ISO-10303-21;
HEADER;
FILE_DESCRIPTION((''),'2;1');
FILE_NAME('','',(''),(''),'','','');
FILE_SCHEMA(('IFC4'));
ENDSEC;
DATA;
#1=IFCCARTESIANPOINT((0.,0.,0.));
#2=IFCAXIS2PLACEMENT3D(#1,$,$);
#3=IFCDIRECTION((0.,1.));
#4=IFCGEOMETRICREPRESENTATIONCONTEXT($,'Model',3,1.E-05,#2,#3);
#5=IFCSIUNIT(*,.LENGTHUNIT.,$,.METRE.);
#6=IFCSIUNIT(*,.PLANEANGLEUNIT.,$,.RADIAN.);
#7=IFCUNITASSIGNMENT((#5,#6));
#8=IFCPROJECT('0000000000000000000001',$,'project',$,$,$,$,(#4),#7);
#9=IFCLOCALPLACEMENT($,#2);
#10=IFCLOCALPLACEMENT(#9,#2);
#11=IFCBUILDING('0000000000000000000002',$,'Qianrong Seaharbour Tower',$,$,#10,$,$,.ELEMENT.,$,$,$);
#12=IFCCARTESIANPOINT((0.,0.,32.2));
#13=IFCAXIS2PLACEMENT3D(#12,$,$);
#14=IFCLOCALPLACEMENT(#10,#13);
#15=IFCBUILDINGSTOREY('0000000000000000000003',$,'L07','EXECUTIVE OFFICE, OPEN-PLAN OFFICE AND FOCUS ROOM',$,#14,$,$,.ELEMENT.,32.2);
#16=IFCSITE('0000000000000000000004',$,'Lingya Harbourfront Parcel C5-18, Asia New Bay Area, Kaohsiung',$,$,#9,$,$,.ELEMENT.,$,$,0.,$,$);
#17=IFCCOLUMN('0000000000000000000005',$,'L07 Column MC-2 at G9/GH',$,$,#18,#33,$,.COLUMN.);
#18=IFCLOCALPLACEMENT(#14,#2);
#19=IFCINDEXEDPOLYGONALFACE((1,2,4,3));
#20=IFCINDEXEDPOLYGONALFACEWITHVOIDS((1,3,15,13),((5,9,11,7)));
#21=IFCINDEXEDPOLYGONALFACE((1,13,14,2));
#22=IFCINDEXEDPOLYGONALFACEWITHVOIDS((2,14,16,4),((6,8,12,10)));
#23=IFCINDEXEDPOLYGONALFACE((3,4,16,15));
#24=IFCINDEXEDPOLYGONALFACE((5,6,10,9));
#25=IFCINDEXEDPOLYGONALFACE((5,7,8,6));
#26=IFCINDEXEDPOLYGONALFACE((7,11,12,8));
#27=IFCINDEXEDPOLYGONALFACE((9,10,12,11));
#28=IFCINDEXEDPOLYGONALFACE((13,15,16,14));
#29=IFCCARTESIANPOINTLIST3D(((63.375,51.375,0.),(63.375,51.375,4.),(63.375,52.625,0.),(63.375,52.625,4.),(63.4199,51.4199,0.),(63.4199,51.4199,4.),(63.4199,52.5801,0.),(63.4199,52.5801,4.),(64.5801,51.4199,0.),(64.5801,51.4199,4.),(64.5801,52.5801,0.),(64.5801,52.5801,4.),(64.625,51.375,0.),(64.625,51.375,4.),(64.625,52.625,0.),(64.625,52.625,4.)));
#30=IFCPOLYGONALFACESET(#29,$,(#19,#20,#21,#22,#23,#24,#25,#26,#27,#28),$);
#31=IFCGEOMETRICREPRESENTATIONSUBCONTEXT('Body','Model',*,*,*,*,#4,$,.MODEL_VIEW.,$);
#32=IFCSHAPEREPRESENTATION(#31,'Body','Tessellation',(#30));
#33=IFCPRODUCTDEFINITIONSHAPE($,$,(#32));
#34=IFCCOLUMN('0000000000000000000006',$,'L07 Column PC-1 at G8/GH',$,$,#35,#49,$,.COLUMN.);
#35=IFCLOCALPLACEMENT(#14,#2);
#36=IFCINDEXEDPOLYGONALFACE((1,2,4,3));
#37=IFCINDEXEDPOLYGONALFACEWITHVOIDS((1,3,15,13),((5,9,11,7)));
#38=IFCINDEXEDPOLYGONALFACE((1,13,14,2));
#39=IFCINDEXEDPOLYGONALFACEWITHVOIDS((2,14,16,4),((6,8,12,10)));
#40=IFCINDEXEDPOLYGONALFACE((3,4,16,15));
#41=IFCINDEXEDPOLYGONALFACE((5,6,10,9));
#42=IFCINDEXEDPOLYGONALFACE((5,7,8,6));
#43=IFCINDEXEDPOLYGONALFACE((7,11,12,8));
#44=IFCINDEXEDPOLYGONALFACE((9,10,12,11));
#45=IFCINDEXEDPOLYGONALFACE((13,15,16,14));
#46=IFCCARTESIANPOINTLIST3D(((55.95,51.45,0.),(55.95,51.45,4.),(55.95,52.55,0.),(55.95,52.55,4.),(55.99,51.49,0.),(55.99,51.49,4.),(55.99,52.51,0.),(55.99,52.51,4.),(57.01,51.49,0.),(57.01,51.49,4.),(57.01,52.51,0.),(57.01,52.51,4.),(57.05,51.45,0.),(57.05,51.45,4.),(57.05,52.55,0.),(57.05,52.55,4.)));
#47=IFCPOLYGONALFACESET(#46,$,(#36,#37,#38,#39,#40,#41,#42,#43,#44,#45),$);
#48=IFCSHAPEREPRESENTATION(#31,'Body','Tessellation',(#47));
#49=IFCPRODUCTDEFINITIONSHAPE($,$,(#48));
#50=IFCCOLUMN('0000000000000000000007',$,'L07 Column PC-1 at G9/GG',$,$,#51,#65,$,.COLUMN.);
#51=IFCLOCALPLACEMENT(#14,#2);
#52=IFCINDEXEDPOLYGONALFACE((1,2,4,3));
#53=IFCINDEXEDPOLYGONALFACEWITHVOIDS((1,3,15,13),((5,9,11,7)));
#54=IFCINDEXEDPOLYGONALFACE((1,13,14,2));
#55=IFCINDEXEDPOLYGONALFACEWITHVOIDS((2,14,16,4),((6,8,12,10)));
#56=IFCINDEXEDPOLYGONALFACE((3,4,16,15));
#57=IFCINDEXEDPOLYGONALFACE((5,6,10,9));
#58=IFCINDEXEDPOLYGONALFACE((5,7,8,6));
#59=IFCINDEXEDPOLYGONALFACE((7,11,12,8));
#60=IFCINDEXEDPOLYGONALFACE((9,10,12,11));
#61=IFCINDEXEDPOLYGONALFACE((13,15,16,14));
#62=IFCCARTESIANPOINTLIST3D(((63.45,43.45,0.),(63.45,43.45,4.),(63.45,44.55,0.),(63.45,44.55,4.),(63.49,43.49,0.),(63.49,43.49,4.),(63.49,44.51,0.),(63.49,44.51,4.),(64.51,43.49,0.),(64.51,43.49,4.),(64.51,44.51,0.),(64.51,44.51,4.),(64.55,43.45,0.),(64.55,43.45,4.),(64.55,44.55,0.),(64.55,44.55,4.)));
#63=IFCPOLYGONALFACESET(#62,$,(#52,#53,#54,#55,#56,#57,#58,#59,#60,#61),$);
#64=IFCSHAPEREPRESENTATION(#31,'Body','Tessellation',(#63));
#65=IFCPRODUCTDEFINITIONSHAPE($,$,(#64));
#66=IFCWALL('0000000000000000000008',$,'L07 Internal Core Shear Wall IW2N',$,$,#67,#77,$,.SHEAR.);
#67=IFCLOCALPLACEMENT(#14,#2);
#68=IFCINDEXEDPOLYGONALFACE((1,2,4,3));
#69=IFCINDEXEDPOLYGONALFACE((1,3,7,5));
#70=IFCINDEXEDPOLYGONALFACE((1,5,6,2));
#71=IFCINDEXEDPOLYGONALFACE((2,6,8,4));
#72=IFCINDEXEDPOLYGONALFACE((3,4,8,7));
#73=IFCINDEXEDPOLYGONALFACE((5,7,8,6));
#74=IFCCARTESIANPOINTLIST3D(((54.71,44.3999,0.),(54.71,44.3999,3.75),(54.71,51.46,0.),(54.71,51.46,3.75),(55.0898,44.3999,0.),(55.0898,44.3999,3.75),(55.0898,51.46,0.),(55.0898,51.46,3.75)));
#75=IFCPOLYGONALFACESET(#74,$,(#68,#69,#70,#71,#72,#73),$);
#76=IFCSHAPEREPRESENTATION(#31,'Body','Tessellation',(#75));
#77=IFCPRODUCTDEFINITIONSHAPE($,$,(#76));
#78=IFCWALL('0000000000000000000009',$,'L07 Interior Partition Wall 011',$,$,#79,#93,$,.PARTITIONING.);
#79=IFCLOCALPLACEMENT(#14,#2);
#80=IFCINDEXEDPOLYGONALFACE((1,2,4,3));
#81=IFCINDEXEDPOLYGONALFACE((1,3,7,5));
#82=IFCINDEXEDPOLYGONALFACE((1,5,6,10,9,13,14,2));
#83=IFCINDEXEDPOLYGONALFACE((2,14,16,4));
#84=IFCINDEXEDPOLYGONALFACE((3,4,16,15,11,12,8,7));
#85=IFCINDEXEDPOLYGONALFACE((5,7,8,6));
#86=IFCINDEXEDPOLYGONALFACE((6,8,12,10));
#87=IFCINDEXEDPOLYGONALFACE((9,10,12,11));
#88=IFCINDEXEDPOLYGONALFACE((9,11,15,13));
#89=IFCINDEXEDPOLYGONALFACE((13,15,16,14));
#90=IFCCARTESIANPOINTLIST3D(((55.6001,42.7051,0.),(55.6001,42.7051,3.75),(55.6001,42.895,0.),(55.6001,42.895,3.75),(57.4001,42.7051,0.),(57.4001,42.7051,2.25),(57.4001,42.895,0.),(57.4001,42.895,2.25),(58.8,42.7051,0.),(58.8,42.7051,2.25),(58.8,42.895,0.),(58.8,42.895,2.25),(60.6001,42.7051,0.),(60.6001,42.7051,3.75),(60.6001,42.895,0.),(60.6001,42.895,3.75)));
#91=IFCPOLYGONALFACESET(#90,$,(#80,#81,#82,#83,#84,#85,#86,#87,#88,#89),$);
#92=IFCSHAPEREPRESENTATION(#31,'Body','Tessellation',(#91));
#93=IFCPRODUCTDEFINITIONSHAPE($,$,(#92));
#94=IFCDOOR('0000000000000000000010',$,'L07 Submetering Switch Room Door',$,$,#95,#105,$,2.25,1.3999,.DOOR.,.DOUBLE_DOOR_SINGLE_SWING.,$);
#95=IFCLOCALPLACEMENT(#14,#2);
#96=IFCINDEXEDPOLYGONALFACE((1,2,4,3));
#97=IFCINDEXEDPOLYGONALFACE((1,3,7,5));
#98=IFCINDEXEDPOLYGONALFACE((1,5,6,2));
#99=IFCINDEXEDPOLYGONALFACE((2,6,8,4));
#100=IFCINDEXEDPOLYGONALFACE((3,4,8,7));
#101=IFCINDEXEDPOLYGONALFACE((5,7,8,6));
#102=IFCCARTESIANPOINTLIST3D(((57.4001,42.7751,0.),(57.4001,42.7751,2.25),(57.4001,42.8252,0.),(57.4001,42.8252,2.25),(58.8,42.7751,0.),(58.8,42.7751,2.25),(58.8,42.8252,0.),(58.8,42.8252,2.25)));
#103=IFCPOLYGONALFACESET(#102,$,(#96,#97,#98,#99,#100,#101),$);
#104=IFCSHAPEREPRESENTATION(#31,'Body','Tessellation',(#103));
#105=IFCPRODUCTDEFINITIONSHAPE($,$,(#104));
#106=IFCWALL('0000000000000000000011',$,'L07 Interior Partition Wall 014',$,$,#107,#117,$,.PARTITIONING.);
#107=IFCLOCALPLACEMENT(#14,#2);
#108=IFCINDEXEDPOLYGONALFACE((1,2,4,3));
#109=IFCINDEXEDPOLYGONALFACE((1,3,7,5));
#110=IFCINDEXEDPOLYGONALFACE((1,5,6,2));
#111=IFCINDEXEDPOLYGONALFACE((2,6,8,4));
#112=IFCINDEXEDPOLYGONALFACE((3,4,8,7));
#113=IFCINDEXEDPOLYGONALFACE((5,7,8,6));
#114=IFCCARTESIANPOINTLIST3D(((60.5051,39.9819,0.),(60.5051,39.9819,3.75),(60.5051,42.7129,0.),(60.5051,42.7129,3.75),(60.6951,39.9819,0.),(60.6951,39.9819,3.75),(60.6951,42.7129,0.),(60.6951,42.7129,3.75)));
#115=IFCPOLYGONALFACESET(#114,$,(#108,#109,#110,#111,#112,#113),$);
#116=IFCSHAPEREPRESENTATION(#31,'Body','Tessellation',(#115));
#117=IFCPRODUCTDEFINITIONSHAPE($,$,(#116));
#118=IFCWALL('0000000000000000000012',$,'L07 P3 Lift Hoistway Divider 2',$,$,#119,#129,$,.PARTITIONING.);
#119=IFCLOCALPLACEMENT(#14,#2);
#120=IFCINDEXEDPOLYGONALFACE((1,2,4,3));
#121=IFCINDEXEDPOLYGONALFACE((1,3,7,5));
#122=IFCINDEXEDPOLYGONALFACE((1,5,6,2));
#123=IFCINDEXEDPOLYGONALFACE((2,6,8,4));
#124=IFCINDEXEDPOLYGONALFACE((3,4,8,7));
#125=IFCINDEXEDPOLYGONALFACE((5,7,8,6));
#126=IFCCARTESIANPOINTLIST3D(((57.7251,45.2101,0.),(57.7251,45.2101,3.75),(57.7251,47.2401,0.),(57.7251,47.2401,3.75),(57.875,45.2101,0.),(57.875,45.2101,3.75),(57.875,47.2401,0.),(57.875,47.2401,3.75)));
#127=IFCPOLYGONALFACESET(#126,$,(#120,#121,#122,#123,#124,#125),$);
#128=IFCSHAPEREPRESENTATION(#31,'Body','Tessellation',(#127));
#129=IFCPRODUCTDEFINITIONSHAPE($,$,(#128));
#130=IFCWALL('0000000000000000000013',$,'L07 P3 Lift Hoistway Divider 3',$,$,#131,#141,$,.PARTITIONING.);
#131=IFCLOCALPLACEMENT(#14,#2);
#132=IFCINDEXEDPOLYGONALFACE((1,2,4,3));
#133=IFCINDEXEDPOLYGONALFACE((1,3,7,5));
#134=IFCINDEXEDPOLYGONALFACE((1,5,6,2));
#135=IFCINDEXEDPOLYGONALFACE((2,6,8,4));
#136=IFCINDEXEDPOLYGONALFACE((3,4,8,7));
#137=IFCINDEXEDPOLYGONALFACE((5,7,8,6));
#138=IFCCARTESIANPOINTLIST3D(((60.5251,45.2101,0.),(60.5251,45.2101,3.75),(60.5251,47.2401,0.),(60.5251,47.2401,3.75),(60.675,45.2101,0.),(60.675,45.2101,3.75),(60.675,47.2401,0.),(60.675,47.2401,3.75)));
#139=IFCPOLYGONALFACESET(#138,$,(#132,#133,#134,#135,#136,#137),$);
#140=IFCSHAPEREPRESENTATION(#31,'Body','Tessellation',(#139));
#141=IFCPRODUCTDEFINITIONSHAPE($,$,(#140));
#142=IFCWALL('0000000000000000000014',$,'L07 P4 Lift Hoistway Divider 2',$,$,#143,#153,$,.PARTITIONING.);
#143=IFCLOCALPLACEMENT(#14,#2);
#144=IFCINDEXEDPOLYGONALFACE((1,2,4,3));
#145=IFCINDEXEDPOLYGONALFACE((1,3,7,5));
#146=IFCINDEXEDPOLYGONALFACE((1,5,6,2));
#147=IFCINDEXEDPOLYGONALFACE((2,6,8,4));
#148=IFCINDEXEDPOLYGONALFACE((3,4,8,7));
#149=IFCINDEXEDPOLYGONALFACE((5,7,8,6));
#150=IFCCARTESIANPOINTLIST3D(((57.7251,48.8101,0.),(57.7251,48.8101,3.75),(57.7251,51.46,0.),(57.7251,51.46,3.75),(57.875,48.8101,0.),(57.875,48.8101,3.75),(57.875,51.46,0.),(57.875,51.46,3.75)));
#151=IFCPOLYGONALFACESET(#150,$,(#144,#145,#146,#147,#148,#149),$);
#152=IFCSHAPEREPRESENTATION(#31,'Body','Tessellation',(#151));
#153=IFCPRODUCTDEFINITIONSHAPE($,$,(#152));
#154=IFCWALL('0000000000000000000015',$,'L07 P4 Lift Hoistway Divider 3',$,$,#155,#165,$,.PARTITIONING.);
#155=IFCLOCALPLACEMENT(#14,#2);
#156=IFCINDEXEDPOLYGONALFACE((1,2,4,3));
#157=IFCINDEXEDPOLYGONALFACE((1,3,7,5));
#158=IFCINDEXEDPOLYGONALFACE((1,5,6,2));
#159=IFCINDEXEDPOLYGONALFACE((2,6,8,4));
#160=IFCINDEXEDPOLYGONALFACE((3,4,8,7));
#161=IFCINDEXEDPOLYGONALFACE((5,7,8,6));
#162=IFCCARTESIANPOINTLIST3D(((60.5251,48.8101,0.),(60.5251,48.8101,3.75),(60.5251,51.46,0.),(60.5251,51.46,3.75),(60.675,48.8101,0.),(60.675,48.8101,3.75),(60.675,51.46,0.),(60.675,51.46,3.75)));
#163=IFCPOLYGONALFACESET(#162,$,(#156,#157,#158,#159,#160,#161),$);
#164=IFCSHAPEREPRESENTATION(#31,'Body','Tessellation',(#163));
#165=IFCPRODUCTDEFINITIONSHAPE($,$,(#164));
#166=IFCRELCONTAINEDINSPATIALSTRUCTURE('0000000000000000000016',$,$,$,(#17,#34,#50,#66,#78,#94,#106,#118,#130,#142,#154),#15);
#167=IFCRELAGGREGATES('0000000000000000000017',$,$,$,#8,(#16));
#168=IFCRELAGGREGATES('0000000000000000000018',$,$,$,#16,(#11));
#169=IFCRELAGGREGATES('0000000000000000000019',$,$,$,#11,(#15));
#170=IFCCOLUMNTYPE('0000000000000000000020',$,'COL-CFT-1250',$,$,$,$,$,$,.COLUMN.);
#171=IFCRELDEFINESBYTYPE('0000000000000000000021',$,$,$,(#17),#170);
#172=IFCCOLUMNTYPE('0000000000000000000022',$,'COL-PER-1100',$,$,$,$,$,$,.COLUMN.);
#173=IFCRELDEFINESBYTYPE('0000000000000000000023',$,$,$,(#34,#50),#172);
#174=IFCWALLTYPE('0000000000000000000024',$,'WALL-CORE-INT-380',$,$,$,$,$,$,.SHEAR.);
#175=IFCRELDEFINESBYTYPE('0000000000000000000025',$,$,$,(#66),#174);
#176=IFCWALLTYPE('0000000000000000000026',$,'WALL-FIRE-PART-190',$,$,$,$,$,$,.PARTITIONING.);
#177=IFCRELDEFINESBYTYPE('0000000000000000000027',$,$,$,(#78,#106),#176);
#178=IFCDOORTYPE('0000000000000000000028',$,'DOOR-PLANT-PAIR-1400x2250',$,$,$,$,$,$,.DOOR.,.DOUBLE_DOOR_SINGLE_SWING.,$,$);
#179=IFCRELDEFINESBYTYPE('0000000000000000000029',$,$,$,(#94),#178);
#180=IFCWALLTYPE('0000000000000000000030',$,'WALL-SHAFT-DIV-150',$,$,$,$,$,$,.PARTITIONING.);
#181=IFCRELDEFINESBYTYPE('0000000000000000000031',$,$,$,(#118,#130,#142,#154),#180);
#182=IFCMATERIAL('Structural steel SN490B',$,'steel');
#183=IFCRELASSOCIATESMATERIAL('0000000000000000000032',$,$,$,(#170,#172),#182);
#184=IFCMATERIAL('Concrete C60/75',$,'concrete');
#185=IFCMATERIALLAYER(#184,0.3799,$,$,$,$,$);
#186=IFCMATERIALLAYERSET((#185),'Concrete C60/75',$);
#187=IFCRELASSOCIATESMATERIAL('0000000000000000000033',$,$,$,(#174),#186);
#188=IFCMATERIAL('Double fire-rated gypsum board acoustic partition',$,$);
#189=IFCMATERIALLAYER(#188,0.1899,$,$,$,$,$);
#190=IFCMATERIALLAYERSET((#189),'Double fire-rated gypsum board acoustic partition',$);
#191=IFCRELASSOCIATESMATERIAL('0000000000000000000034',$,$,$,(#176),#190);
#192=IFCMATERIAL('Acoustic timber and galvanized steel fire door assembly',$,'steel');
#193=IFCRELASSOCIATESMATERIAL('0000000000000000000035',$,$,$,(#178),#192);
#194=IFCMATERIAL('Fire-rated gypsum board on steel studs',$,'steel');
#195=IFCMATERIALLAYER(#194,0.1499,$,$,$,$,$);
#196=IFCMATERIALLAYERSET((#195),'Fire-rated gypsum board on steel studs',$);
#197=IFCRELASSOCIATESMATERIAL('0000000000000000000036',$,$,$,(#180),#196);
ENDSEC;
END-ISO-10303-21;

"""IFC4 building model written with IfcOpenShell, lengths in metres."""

from ifc_helpers import new_model, si_unit, direction, frame, frame_2d, origin, origin_2d, place, context, subcontext, project, spatial, rectangle, hollow_rectangle, extrude, material, layer, layer_set, material_profile, profile_set, type_object, element, fill, save


model = new_model("IFC4")

# Units and contexts
model_context = context("Model", 3, precision=1e-05, world=origin(), true_north=direction((0.0, 1.0)))
body_context = subcontext(model_context, "Body", "Model", "MODEL_VIEW")
ifc_project = project(units=[si_unit("LENGTHUNIT", "METRE"), si_unit("PLANEANGLEUNIT", "RADIAN")], contexts=[model_context])

# Site, building, storey
site_placement = place(None, origin())
site = spatial("IfcSite", under=ifc_project, at=site_placement, Name="Lingya Harbourfront Parcel C5-18, Asia New Bay Area, Kaohsiung", CompositionType="ELEMENT", RefElevation=0.0)
building_placement = place(site_placement, origin())
building = spatial("IfcBuilding", under=site, at=building_placement, Name="Qianrong Seaharbour Tower", CompositionType="ELEMENT")
storey_placement = place(building_placement, frame((0.0, 0.0, 32.2)))
storey = spatial("IfcBuildingStorey", under=building, at=storey_placement, Name="L07", Description="EXECUTIVE OFFICE, OPEN-PLAN OFFICE AND FOCUS ROOM", CompositionType="ELEMENT", Elevation=32.2)

# Columns
ifc_material_1 = material(Name="Structural steel SN490B", Category="steel")
ifc_material_profile_1 = material_profile(ifc_material_1, hollow_rectangle(XDim=1.25, YDim=1.25, WallThickness=0.0449, at=origin_2d()), Name="BOX1250x1250x45")
ifc_profile_set_1 = profile_set([ifc_material_profile_1], Name="Structural steel SN490B")
column_type_1 = type_object("IfcColumnType", Name="COL-CFT-1250", PredefinedType="COLUMN", material=ifc_profile_set_1)
column_placement = place(storey_placement, frame((64.0, 52.0, 0.0), z_axis=(0.0, 0.0, 1.0), x_axis=(1.0, 0.0, 0.0)))
element("IfcColumn", 1, at=column_placement, inside=storey, type_object=column_type_1, Name="L07 Column MC-2 at G9/GH", PredefinedType="COLUMN", context=body_context, shape_type="SweptSolid", body=[
    extrude(hollow_rectangle(XDim=1.25, YDim=1.25, WallThickness=0.0449, at=origin_2d()), origin(), (0.0, 0.0, 1.0), 4.0),
])
ifc_material_profile_2 = material_profile(ifc_material_1, hollow_rectangle(XDim=1.1001, YDim=1.1001, WallThickness=0.04, at=origin_2d()), Name="BOX1100x1100x40")
ifc_profile_set_2 = profile_set([ifc_material_profile_2], Name="Structural steel SN490B")
column_type_2 = type_object("IfcColumnType", Name="COL-PER-1100", PredefinedType="COLUMN", material=ifc_profile_set_2)
for number, where, z_axis, x_axis, name in (
    (2, (56.5, 52.0, 0.0), (0.0, 0.0, 1.0), (1.0, 0.0, 0.0), "L07 Column PC-1 at G8/GH"),
    (3, (64.0, 44.0, 0.0), (0.0, 0.0, 1.0), (1.0, 0.0, 0.0), "L07 Column PC-1 at G9/GG"),
):
    element("IfcColumn", number, at=place(storey_placement, frame(where, z_axis=z_axis, x_axis=x_axis)), inside=storey, type_object=column_type_2, Name=name, PredefinedType="COLUMN", context=body_context, shape_type="SweptSolid", body=[
        extrude(hollow_rectangle(XDim=1.1001, YDim=1.1001, WallThickness=0.04, at=origin_2d()), origin(), (0.0, 0.0, 1.0), 4.0),
    ])

# Wall
ifc_material_2 = material(Name="Concrete C60/75", Category="concrete")
ifc_layer_1 = layer(ifc_material_2, 0.3799)
ifc_layer_set_1 = layer_set([ifc_layer_1], Name="Concrete C60/75")
wall_type_1 = type_object("IfcWallType", Name="WALL-CORE-INT-380", PredefinedType="SHEAR", material=ifc_layer_set_1)
wall_1_placement = place(storey_placement, frame((54.8999, 44.3999, 0.0), z_axis=(0.0, 0.0, 1.0), x_axis=(0.0, 1.0, 0.0)))
element("IfcWall", 4, at=wall_1_placement, inside=storey, type_object=wall_type_1, Name="L07 Internal Core Shear Wall IW2N", PredefinedType="SHEAR", context=body_context, shape_type="SweptSolid", body=[
    extrude(rectangle(XDim=7.0601, YDim=0.3799, at=frame_2d((3.53, 0.0))), origin(), (0.0, 0.0, 1.0), 3.75),
])

# Wall, opening, door
ifc_material_3 = material(Name="Acoustic timber and galvanized steel fire door assembly", Category="steel")
ifc_material_4 = material(Name="Double fire-rated gypsum board acoustic partition")
ifc_layer_2 = layer(ifc_material_4, 0.1899)
ifc_layer_set_2 = layer_set([ifc_layer_2], Name="Double fire-rated gypsum board acoustic partition")
wall_type_2 = type_object("IfcWallType", Name="WALL-FIRE-PART-190", PredefinedType="PARTITIONING", material=ifc_layer_set_2)
wall_2_placement = place(storey_placement, frame((60.6001, 42.8, 0.0), z_axis=(0.0, 0.0, 1.0), x_axis=(-1.0, 0.0, 0.0)))
wall_2 = element("IfcWall", 5, at=wall_2_placement, inside=storey, type_object=wall_type_2, Name="L07 Interior Partition Wall 011", PredefinedType="PARTITIONING", context=body_context, shape_type="SweptSolid", body=[
    extrude(rectangle(XDim=5.0, YDim=0.1899, at=frame_2d((2.5, 0.0))), origin(), (0.0, 0.0, 1.0), 3.75),
])
opening_1_placement = place(wall_2_placement, frame((1.8, 0.0, 0.0)))
opening_1 = element("IfcOpeningElement", 6, at=opening_1_placement, cuts=wall_2, PredefinedType="OPENING", context=body_context, shape_type="SweptSolid", body=[
    extrude(rectangle(XDim=1.3999, YDim=2.25, at=frame_2d((0.7, 1.125))), frame((0.0, 0.105, 0.0), z_axis=(0.0, -1.0, 0.0), x_axis=(1.0, 0.0, 0.0)), (0.0, 0.0, 1.0), 0.21),
])
door_type_1 = type_object("IfcDoorType", Name="DOOR-PLANT-PAIR-1400x2250", OperationType="DOUBLE_DOOR_SINGLE_SWING", PredefinedType="DOOR", material=ifc_material_3)
door_1_placement = place(opening_1_placement, origin())
door_1 = element("IfcDoor", 7, at=door_1_placement, inside=storey, type_object=door_type_1, Name="L07 Submetering Switch Room Door", OperationType="DOUBLE_DOOR_SINGLE_SWING", OverallHeight=2.25, OverallWidth=1.3999, PredefinedType="DOOR", context=body_context, shape_type="SweptSolid", body=[
    extrude(rectangle(XDim=1.3999, YDim=2.25, at=frame_2d((0.7, 1.125))), frame((0.0, 0.0249, 0.0), z_axis=(0.0, -1.0, 0.0), x_axis=(1.0, 0.0, 0.0)), (0.0, 0.0, 1.0), 0.05),
])
fill(opening_1, door_1)

# Walls
wall_3_placement = place(storey_placement, frame((60.6001, 42.7129, 0.0), z_axis=(0.0, 0.0, 1.0), x_axis=(0.0, -1.0, 0.0)))
element("IfcWall", 8, at=wall_3_placement, inside=storey, type_object=wall_type_2, Name="L07 Interior Partition Wall 014", PredefinedType="PARTITIONING", context=body_context, shape_type="SweptSolid", body=[
    extrude(rectangle(XDim=2.731, YDim=0.1899, at=frame_2d((1.3655, 0.0))), origin(), (0.0, 0.0, 1.0), 3.75),
])
ifc_material_5 = material(Name="Fire-rated gypsum board on steel studs", Category="steel")
ifc_layer_3 = layer(ifc_material_5, 0.1499)
ifc_layer_set_3 = layer_set([ifc_layer_3], Name="Fire-rated gypsum board on steel studs")
wall_type_3 = type_object("IfcWallType", Name="WALL-SHAFT-DIV-150", PredefinedType="PARTITIONING", material=ifc_layer_set_3)
for number, where, z_axis, x_axis, name in (
    (9, (57.8, 45.21, 0.0), (0.0, 0.0, 1.0), (0.0, 1.0, 0.0), "L07 P3 Lift Hoistway Divider 2"),
    (10, (60.6001, 45.21, 0.0), (0.0, 0.0, 1.0), (0.0, 1.0, 0.0), "L07 P3 Lift Hoistway Divider 3"),
):
    element("IfcWall", number, at=place(storey_placement, frame(where, z_axis=z_axis, x_axis=x_axis)), inside=storey, type_object=wall_type_3, Name=name, PredefinedType="PARTITIONING", context=body_context, shape_type="SweptSolid", body=[
        extrude(rectangle(XDim=2.03, YDim=0.1499, at=frame_2d((1.0151, 0.0))), origin(), (0.0, 0.0, 1.0), 3.75),
    ])
for number, where, z_axis, x_axis, name in (
    (11, (57.8, 48.8101, 0.0), (0.0, 0.0, 1.0), (0.0, 1.0, 0.0), "L07 P4 Lift Hoistway Divider 2"),
    (12, (60.6001, 48.8101, 0.0), (0.0, 0.0, 1.0), (0.0, 1.0, 0.0), "L07 P4 Lift Hoistway Divider 3"),
):
    element("IfcWall", number, at=place(storey_placement, frame(where, z_axis=z_axis, x_axis=x_axis)), inside=storey, type_object=wall_type_3, Name=name, PredefinedType="PARTITIONING", context=body_context, shape_type="SweptSolid", body=[
        extrude(rectangle(XDim=2.6499, YDim=0.1499, at=frame_2d((1.325, 0.0))), origin(), (0.0, 0.0, 1.0), 3.75),
    ])

save(model, "model.ifc")
